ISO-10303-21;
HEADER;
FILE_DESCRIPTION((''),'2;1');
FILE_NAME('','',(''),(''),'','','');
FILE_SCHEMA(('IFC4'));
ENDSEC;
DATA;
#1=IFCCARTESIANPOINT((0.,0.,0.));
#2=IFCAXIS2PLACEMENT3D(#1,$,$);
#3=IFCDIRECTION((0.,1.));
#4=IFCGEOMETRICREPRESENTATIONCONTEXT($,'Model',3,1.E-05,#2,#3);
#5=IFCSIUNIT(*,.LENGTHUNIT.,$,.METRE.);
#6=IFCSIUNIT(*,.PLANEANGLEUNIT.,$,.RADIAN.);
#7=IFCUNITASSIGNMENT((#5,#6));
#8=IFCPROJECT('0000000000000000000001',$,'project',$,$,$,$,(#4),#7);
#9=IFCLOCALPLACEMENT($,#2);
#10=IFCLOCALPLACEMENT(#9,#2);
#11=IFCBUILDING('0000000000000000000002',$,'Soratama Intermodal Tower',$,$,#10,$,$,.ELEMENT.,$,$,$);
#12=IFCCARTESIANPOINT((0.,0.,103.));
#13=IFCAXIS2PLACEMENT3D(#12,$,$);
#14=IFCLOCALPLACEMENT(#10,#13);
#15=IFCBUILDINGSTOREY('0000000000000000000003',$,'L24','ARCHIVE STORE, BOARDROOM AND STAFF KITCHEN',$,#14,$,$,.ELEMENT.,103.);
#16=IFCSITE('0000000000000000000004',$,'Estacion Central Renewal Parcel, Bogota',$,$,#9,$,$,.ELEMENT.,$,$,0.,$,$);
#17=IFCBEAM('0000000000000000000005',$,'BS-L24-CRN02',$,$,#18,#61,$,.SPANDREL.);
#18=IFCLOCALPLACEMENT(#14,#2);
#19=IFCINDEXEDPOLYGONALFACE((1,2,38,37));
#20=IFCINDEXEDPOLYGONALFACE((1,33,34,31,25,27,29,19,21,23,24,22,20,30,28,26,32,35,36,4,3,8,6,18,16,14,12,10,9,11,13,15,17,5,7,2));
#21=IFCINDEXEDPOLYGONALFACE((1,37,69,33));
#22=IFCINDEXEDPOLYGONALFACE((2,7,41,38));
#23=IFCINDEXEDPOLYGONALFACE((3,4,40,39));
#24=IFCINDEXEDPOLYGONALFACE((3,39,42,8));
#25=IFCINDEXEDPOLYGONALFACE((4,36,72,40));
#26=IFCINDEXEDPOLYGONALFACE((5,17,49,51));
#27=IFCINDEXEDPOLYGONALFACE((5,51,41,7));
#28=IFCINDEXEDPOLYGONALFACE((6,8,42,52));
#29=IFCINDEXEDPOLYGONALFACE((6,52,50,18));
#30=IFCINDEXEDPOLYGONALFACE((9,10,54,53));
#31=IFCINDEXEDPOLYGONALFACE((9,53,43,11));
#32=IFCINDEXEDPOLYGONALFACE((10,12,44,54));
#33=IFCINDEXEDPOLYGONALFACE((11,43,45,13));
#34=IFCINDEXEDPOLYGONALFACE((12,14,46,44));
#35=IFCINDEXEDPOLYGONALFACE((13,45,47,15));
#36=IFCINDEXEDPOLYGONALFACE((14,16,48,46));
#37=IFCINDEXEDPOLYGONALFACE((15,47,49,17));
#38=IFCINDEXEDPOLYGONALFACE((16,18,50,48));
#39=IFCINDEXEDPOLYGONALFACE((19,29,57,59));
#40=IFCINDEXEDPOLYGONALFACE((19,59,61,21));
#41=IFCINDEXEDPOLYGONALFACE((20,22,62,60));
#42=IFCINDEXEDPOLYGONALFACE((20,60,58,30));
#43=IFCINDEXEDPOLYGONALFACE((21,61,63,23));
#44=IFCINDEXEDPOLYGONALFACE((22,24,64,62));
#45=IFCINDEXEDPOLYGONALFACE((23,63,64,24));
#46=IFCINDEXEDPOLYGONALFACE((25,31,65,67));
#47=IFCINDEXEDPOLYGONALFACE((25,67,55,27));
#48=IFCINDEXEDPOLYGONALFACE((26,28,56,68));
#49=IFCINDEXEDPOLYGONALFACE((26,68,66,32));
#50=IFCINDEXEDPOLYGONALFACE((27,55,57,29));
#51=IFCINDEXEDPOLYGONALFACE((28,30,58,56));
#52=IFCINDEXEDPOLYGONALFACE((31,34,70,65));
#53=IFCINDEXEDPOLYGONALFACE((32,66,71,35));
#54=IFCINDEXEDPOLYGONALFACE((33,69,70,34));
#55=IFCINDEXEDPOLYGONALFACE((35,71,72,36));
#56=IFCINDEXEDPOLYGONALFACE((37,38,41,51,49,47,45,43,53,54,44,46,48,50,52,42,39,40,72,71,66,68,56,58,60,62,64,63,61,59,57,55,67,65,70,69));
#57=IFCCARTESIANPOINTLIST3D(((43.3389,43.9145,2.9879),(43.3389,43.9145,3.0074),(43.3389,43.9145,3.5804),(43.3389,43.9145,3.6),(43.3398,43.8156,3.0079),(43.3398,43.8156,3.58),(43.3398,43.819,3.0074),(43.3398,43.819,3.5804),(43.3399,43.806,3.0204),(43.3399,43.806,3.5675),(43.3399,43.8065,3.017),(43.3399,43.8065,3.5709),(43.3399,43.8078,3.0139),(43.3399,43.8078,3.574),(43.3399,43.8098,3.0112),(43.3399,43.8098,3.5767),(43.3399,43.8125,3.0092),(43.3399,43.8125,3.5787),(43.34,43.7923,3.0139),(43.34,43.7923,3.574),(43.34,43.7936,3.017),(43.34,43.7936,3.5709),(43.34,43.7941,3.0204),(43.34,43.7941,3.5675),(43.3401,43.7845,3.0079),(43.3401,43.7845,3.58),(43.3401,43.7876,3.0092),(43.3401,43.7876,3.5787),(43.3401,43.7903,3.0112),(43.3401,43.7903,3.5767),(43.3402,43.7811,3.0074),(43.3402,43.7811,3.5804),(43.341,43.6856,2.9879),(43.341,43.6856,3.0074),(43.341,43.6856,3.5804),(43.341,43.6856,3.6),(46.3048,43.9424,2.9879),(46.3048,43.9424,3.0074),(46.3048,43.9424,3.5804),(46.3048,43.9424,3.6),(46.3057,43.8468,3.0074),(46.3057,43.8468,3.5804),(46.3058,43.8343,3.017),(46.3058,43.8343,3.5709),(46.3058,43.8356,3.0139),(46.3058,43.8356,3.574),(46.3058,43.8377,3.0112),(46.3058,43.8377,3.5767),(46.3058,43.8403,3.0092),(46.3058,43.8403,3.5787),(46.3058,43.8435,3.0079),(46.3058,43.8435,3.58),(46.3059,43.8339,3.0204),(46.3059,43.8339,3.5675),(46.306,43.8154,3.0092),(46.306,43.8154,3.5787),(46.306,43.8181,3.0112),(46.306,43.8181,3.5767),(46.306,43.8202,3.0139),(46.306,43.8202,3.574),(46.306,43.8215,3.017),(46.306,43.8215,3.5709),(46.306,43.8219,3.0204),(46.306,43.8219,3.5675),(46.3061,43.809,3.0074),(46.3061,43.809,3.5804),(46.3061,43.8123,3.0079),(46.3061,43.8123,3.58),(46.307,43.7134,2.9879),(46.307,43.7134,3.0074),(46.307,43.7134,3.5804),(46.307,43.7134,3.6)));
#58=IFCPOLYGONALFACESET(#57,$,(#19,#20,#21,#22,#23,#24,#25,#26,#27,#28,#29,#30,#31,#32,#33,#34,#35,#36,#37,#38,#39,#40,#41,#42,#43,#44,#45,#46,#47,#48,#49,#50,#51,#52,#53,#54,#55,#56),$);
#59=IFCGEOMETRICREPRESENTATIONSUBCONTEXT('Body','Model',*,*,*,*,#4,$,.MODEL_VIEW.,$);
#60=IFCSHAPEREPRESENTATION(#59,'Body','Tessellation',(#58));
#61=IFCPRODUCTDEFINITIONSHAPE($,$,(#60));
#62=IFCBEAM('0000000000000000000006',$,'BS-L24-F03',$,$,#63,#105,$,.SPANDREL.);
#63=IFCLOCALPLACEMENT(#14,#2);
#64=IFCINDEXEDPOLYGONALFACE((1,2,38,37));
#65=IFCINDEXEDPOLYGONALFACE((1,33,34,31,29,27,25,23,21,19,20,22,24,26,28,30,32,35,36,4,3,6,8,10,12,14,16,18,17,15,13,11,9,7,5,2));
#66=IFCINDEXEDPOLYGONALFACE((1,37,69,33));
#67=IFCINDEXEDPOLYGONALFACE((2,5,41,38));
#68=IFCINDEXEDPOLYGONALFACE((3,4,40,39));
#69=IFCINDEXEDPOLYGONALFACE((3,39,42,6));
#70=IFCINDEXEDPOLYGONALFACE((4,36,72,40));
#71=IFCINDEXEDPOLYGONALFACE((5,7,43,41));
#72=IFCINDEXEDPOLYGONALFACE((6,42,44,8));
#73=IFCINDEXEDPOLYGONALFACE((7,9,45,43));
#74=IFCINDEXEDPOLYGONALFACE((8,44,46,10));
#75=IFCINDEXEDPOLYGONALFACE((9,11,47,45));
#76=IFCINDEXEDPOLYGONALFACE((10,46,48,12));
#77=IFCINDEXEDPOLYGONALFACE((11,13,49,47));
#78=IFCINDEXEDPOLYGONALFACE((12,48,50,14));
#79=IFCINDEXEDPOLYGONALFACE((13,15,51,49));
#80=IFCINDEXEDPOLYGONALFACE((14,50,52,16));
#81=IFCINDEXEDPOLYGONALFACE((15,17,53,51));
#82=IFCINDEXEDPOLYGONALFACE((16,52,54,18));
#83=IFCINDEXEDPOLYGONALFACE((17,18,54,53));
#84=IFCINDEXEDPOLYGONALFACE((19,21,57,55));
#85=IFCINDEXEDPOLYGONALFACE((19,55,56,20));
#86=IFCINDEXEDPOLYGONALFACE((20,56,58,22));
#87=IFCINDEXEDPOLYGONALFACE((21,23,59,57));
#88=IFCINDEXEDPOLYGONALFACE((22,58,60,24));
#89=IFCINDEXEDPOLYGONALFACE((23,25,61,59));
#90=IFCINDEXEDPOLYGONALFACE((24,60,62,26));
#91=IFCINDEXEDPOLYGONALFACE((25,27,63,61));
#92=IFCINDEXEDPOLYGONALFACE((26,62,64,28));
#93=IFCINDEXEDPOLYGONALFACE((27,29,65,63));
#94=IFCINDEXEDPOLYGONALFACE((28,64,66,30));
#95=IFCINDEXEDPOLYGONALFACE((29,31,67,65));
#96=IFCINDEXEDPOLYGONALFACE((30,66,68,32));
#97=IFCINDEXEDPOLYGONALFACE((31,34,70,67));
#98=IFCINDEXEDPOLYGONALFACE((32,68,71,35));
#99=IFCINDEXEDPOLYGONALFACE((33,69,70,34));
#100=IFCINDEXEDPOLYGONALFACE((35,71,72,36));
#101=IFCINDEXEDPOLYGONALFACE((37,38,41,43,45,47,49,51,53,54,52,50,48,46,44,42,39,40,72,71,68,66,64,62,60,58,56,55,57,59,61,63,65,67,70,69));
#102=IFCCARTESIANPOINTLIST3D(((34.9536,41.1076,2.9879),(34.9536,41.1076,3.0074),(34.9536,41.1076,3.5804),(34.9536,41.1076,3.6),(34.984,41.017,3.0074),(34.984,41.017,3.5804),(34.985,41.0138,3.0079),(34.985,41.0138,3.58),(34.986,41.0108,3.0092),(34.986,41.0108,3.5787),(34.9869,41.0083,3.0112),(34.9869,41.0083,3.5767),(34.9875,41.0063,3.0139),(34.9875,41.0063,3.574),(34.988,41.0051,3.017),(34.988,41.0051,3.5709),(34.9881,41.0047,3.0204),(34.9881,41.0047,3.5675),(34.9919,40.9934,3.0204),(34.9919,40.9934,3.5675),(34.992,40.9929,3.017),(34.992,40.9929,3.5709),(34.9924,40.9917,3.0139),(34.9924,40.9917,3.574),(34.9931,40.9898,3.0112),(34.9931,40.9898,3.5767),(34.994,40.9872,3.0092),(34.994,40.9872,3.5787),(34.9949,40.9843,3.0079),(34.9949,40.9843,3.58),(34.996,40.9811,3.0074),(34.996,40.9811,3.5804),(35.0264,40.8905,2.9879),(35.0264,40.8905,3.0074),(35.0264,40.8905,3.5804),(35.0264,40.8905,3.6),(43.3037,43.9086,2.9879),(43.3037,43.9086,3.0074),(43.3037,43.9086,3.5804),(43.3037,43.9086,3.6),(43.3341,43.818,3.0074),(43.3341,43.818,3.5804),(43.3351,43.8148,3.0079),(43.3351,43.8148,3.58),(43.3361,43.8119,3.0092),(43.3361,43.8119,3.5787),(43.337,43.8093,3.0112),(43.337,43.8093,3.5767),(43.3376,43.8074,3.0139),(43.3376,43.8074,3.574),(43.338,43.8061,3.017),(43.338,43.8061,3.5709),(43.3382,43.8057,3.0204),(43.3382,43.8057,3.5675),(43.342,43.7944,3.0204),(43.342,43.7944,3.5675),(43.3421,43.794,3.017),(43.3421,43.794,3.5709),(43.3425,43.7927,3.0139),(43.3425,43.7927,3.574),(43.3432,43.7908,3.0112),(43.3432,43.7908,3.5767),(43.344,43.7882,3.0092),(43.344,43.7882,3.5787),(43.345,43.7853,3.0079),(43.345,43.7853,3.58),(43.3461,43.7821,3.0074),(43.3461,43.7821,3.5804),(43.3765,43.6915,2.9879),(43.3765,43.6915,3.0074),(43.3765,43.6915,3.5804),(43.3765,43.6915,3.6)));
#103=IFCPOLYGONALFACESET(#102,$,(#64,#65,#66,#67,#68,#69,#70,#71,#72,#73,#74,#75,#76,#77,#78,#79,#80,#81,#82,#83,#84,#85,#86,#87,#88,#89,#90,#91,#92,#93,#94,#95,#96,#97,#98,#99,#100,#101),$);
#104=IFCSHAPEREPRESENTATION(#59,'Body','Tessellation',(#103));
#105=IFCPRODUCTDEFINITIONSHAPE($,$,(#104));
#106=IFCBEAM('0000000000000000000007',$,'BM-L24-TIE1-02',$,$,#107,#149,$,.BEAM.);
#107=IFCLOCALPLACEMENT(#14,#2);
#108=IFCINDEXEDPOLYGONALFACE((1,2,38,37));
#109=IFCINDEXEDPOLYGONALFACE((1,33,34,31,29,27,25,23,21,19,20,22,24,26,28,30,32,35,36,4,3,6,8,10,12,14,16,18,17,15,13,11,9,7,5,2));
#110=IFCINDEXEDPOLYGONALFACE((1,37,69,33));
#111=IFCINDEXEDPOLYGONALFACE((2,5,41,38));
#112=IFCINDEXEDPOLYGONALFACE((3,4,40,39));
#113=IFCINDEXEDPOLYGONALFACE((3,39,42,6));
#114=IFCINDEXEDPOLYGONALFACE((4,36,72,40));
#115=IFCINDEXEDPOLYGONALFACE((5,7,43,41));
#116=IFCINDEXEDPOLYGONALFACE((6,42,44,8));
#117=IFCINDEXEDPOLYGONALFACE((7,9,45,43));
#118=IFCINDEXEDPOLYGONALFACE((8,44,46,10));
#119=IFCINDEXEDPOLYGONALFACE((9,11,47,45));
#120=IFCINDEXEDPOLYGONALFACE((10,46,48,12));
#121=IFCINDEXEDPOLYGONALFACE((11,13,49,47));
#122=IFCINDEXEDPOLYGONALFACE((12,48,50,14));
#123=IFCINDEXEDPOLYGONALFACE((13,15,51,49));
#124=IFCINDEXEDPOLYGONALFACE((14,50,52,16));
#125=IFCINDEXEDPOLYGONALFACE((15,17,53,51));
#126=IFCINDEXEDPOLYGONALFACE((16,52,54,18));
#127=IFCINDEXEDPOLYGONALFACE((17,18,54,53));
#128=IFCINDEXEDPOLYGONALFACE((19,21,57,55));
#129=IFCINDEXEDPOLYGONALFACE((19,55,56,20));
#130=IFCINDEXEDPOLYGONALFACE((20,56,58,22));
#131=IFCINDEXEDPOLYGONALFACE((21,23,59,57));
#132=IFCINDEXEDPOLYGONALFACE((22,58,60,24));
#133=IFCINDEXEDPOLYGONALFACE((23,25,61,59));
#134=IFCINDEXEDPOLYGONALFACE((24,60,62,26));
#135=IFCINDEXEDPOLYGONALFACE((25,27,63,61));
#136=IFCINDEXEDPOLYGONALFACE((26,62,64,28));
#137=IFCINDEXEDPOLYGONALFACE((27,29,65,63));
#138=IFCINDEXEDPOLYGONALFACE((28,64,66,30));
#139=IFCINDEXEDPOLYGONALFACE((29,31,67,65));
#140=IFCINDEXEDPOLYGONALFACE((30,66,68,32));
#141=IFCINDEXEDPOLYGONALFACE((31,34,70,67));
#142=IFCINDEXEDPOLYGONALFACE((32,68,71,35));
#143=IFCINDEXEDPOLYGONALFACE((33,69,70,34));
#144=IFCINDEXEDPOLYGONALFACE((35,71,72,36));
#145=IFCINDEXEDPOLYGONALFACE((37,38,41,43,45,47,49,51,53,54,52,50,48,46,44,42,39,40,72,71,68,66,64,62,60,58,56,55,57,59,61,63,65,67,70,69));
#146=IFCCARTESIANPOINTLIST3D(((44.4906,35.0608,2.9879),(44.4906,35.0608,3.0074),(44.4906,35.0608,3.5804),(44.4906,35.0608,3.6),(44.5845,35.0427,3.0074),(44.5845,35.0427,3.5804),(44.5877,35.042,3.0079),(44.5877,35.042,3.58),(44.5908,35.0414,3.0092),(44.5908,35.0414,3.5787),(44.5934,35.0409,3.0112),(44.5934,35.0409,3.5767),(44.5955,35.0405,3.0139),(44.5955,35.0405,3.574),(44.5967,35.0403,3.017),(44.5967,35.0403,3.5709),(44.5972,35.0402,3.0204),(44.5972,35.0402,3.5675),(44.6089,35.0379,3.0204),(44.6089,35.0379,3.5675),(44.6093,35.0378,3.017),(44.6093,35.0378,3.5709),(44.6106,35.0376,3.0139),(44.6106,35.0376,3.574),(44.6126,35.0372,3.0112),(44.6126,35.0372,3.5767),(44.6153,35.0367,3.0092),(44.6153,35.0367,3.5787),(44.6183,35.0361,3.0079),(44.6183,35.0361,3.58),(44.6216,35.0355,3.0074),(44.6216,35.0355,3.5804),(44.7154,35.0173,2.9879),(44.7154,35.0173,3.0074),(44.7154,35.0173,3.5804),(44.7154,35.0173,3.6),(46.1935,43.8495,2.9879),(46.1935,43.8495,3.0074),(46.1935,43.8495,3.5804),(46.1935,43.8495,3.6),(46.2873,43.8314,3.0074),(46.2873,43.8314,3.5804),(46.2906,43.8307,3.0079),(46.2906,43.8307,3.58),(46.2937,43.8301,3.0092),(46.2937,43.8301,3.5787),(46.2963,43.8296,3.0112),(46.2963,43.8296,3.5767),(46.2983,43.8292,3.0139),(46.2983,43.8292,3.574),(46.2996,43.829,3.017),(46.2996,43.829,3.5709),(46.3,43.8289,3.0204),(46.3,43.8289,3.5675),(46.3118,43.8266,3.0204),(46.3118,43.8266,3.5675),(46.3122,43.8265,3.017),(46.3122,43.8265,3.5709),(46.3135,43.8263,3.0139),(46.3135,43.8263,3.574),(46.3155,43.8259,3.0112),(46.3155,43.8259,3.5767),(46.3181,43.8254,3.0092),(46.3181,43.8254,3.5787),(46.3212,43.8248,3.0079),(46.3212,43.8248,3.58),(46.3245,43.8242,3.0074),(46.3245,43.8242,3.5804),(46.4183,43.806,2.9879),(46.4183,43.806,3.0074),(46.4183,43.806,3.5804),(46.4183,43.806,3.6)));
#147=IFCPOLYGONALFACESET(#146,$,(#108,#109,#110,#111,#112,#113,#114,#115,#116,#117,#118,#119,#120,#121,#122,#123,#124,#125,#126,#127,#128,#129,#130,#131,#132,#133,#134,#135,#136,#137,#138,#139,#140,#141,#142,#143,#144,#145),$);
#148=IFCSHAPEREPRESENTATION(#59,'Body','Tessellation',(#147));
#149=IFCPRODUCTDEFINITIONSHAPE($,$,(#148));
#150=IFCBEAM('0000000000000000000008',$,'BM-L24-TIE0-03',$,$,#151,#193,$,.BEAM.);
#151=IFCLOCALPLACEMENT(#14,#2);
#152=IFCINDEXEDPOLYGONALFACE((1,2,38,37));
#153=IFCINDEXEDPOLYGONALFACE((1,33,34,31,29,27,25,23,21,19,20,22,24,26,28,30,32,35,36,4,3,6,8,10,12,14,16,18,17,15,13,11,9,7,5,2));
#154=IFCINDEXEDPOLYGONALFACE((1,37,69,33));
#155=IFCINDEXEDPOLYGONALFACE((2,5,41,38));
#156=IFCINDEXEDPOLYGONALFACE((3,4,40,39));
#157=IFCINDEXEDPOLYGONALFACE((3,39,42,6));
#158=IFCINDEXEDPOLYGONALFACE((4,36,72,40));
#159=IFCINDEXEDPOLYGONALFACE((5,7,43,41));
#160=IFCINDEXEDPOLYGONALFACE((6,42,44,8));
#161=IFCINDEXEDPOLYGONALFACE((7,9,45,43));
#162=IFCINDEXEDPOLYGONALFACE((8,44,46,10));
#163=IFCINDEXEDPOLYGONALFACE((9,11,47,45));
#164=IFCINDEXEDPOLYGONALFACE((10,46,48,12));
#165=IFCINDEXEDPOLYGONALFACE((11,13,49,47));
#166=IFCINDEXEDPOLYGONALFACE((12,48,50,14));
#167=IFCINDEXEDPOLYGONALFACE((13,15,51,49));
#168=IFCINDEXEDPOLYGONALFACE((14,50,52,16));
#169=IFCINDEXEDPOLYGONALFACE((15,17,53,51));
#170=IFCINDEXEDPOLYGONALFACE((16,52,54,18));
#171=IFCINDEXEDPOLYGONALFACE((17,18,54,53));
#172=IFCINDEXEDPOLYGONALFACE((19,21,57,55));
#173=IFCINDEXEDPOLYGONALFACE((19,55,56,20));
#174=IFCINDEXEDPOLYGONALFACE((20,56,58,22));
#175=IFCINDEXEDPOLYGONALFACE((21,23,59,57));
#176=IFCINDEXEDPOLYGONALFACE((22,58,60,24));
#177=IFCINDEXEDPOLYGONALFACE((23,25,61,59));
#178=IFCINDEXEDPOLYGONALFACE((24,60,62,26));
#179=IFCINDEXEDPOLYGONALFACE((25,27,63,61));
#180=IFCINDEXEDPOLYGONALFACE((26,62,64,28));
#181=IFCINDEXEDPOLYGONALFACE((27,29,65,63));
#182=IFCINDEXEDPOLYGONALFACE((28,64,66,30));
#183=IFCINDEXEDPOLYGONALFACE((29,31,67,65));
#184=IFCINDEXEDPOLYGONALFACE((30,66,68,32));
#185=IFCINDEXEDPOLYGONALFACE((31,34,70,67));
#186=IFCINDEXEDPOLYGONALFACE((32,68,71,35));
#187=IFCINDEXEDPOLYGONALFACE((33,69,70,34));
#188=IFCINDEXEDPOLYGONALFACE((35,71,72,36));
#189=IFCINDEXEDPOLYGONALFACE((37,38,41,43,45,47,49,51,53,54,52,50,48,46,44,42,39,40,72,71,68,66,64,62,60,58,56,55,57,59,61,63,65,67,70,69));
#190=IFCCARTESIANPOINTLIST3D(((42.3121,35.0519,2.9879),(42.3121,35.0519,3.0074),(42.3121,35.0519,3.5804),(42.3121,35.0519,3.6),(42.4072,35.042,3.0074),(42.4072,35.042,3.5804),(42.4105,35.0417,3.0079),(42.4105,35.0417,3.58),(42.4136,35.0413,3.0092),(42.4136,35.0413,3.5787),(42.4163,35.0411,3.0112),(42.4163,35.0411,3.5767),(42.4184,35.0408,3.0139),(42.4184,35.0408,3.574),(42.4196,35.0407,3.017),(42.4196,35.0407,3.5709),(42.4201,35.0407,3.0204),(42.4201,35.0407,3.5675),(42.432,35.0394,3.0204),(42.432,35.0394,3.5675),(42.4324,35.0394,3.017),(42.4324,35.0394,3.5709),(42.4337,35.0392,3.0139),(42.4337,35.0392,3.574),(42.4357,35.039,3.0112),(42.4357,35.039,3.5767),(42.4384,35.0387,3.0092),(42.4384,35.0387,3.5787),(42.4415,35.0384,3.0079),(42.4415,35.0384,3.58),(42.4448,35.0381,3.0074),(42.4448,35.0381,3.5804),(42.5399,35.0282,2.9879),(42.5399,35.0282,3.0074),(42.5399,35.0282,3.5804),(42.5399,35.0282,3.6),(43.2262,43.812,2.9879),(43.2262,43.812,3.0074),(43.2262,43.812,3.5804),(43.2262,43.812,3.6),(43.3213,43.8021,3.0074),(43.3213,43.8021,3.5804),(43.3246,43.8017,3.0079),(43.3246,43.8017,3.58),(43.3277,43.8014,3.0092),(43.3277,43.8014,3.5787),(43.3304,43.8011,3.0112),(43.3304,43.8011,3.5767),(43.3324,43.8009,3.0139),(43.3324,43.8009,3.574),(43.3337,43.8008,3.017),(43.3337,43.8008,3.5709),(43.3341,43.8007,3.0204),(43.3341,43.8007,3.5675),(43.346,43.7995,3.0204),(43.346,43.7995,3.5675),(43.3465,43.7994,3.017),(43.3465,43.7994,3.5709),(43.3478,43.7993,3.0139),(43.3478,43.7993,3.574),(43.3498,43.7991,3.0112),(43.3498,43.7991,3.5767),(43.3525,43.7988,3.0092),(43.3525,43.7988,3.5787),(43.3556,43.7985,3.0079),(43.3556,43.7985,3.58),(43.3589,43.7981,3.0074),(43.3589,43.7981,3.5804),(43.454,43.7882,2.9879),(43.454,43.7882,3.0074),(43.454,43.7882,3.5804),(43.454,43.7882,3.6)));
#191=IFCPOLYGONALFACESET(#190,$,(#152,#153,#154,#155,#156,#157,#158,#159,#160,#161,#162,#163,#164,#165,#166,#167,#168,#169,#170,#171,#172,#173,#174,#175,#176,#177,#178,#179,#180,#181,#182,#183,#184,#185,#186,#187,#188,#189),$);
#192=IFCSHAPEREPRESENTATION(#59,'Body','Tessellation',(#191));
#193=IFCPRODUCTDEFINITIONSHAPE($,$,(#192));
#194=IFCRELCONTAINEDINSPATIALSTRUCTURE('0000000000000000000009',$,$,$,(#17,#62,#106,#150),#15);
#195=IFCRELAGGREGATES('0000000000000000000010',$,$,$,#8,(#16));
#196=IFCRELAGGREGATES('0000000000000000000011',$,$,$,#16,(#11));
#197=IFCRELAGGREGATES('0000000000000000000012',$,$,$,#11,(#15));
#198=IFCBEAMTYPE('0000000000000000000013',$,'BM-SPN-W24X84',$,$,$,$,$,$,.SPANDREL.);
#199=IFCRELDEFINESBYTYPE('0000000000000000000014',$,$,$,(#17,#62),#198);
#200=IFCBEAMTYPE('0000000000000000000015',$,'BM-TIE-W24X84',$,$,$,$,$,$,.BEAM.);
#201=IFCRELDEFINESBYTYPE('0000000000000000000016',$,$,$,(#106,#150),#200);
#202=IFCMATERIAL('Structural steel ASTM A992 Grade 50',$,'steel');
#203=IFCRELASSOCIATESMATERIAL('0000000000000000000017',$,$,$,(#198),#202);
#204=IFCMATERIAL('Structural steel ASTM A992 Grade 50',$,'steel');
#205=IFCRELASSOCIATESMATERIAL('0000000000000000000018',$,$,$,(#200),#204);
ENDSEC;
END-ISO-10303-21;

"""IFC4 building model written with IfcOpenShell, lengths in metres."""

from ifc_helpers import new_model, si_unit, direction, frame, origin, origin_2d, place, context, subcontext, project, spatial, i_section, extrude, material, material_profile, profile_set, type_object, element, save


model = new_model("IFC4")

# Units and contexts
model_context = context("Model", 3, precision=1e-05, world=origin(), true_north=direction((0.0, 1.0)))
body_context = subcontext(model_context, "Body", "Model", "MODEL_VIEW")
ifc_project = project(units=[si_unit("LENGTHUNIT", "METRE"), si_unit("PLANEANGLEUNIT", "RADIAN")], contexts=[model_context])

# Site, building, storey
site_placement = place(None, origin())
site = spatial("IfcSite", under=ifc_project, at=site_placement, Name="Estacion Central Renewal Parcel, Bogota", CompositionType="ELEMENT", RefElevation=0.0)
building_placement = place(site_placement, origin())
building = spatial("IfcBuilding", under=site, at=building_placement, Name="Soratama Intermodal Tower", CompositionType="ELEMENT")
storey_placement = place(building_placement, frame((0.0, 0.0, 103.0)))
storey = spatial("IfcBuildingStorey", under=building, at=storey_placement, Name="L24", Description="ARCHIVE STORE, BOARDROOM AND STAFF KITCHEN", CompositionType="ELEMENT", Elevation=103.0)

# Beams
ifc_material_1 = material(Name="Structural steel ASTM A992 Grade 50", Category="steel")
ifc_material_profile_1 = material_profile(ifc_material_1, i_section(OverallWidth=0.229, OverallDepth=0.6121, WebThickness=0.012, FlangeThickness=0.0195, FilletRadius=0.0129, at=origin_2d()), Name="W24X84")
ifc_profile_set_1 = profile_set([ifc_material_profile_1], Name="Structural steel ASTM A992 Grade 50")
beam_type_1 = type_object("IfcBeamType", Name="BM-SPN-W24X84", PredefinedType="SPANDREL", material=ifc_profile_set_1)
beam_1_placement = place(storey_placement, frame((46.3059, 43.8279, 3.2939), z_axis=(-0.999956, -0.009384, 0.0), x_axis=(0.009384, -0.999956, 0.0)))
element("IfcBeam", 1, at=beam_1_placement, inside=storey, type_object=beam_type_1, Name="BS-L24-CRN02", PredefinedType="SPANDREL", context=body_context, shape_type="SweptSolid", body=[
    extrude(i_section(OverallWidth=0.229, OverallDepth=0.6121, WebThickness=0.012, FlangeThickness=0.0195, FilletRadius=0.0129, at=origin_2d()), origin(), (0.0, 0.0, 1.0), 2.9661),
])
beam_2_placement = place(storey_placement, frame((43.3401, 43.8, 3.2939), z_axis=(-0.94808, -0.318032, 0.0), x_axis=(0.318032, -0.94808, 0.0)))
element("IfcBeam", 2, at=beam_2_placement, inside=storey, type_object=beam_type_1, Name="BS-L24-F03", PredefinedType="SPANDREL", context=body_context, shape_type="SweptSolid", body=[
    extrude(i_section(OverallWidth=0.229, OverallDepth=0.6121, WebThickness=0.012, FlangeThickness=0.0195, FilletRadius=0.0129, at=origin_2d()), origin(), (0.0, 0.0, 1.0), 8.8074),
])
ifc_material_2 = material(Name="Structural steel ASTM A992 Grade 50", Category="steel")
ifc_material_profile_2 = material_profile(ifc_material_2, i_section(OverallWidth=0.229, OverallDepth=0.6121, WebThickness=0.012, FlangeThickness=0.0195, FilletRadius=0.0129, at=origin_2d()), Name="W24X84")
ifc_profile_set_2 = profile_set([ifc_material_profile_2], Name="Structural steel ASTM A992 Grade 50")
beam_type_2 = type_object("IfcBeamType", Name="BM-TIE-W24X84", PredefinedType="BEAM", material=ifc_profile_set_2)
beam_3_placement = place(storey_placement, frame((44.603, 35.0391, 3.2939), z_axis=(0.190218, 0.981742, 0.0), x_axis=(-0.981742, 0.190218, 0.0)))
element("IfcBeam", 3, at=beam_3_placement, inside=storey, type_object=beam_type_2, Name="BM-L24-TIE1-02", PredefinedType="BEAM", context=body_context, shape_type="SweptSolid", body=[
    extrude(i_section(OverallWidth=0.229, OverallDepth=0.6121, WebThickness=0.012, FlangeThickness=0.0195, FilletRadius=0.0129, at=origin_2d()), origin(), (0.0, 0.0, 1.0), 8.9521),
])
beam_4_placement = place(storey_placement, frame((42.426, 35.04, 3.2939), z_axis=(0.103781, 0.9946, 0.0), x_axis=(-0.9946, 0.103781, 0.0)))
element("IfcBeam", 4, at=beam_4_placement, inside=storey, type_object=beam_type_2, Name="BM-L24-TIE0-03", PredefinedType="BEAM", context=body_context, shape_type="SweptSolid", body=[
    extrude(i_section(OverallWidth=0.229, OverallDepth=0.6121, WebThickness=0.012, FlangeThickness=0.0195, FilletRadius=0.0129, at=origin_2d()), origin(), (0.0, 0.0, 1.0), 8.8076),
])

save(model, "model.ifc")
